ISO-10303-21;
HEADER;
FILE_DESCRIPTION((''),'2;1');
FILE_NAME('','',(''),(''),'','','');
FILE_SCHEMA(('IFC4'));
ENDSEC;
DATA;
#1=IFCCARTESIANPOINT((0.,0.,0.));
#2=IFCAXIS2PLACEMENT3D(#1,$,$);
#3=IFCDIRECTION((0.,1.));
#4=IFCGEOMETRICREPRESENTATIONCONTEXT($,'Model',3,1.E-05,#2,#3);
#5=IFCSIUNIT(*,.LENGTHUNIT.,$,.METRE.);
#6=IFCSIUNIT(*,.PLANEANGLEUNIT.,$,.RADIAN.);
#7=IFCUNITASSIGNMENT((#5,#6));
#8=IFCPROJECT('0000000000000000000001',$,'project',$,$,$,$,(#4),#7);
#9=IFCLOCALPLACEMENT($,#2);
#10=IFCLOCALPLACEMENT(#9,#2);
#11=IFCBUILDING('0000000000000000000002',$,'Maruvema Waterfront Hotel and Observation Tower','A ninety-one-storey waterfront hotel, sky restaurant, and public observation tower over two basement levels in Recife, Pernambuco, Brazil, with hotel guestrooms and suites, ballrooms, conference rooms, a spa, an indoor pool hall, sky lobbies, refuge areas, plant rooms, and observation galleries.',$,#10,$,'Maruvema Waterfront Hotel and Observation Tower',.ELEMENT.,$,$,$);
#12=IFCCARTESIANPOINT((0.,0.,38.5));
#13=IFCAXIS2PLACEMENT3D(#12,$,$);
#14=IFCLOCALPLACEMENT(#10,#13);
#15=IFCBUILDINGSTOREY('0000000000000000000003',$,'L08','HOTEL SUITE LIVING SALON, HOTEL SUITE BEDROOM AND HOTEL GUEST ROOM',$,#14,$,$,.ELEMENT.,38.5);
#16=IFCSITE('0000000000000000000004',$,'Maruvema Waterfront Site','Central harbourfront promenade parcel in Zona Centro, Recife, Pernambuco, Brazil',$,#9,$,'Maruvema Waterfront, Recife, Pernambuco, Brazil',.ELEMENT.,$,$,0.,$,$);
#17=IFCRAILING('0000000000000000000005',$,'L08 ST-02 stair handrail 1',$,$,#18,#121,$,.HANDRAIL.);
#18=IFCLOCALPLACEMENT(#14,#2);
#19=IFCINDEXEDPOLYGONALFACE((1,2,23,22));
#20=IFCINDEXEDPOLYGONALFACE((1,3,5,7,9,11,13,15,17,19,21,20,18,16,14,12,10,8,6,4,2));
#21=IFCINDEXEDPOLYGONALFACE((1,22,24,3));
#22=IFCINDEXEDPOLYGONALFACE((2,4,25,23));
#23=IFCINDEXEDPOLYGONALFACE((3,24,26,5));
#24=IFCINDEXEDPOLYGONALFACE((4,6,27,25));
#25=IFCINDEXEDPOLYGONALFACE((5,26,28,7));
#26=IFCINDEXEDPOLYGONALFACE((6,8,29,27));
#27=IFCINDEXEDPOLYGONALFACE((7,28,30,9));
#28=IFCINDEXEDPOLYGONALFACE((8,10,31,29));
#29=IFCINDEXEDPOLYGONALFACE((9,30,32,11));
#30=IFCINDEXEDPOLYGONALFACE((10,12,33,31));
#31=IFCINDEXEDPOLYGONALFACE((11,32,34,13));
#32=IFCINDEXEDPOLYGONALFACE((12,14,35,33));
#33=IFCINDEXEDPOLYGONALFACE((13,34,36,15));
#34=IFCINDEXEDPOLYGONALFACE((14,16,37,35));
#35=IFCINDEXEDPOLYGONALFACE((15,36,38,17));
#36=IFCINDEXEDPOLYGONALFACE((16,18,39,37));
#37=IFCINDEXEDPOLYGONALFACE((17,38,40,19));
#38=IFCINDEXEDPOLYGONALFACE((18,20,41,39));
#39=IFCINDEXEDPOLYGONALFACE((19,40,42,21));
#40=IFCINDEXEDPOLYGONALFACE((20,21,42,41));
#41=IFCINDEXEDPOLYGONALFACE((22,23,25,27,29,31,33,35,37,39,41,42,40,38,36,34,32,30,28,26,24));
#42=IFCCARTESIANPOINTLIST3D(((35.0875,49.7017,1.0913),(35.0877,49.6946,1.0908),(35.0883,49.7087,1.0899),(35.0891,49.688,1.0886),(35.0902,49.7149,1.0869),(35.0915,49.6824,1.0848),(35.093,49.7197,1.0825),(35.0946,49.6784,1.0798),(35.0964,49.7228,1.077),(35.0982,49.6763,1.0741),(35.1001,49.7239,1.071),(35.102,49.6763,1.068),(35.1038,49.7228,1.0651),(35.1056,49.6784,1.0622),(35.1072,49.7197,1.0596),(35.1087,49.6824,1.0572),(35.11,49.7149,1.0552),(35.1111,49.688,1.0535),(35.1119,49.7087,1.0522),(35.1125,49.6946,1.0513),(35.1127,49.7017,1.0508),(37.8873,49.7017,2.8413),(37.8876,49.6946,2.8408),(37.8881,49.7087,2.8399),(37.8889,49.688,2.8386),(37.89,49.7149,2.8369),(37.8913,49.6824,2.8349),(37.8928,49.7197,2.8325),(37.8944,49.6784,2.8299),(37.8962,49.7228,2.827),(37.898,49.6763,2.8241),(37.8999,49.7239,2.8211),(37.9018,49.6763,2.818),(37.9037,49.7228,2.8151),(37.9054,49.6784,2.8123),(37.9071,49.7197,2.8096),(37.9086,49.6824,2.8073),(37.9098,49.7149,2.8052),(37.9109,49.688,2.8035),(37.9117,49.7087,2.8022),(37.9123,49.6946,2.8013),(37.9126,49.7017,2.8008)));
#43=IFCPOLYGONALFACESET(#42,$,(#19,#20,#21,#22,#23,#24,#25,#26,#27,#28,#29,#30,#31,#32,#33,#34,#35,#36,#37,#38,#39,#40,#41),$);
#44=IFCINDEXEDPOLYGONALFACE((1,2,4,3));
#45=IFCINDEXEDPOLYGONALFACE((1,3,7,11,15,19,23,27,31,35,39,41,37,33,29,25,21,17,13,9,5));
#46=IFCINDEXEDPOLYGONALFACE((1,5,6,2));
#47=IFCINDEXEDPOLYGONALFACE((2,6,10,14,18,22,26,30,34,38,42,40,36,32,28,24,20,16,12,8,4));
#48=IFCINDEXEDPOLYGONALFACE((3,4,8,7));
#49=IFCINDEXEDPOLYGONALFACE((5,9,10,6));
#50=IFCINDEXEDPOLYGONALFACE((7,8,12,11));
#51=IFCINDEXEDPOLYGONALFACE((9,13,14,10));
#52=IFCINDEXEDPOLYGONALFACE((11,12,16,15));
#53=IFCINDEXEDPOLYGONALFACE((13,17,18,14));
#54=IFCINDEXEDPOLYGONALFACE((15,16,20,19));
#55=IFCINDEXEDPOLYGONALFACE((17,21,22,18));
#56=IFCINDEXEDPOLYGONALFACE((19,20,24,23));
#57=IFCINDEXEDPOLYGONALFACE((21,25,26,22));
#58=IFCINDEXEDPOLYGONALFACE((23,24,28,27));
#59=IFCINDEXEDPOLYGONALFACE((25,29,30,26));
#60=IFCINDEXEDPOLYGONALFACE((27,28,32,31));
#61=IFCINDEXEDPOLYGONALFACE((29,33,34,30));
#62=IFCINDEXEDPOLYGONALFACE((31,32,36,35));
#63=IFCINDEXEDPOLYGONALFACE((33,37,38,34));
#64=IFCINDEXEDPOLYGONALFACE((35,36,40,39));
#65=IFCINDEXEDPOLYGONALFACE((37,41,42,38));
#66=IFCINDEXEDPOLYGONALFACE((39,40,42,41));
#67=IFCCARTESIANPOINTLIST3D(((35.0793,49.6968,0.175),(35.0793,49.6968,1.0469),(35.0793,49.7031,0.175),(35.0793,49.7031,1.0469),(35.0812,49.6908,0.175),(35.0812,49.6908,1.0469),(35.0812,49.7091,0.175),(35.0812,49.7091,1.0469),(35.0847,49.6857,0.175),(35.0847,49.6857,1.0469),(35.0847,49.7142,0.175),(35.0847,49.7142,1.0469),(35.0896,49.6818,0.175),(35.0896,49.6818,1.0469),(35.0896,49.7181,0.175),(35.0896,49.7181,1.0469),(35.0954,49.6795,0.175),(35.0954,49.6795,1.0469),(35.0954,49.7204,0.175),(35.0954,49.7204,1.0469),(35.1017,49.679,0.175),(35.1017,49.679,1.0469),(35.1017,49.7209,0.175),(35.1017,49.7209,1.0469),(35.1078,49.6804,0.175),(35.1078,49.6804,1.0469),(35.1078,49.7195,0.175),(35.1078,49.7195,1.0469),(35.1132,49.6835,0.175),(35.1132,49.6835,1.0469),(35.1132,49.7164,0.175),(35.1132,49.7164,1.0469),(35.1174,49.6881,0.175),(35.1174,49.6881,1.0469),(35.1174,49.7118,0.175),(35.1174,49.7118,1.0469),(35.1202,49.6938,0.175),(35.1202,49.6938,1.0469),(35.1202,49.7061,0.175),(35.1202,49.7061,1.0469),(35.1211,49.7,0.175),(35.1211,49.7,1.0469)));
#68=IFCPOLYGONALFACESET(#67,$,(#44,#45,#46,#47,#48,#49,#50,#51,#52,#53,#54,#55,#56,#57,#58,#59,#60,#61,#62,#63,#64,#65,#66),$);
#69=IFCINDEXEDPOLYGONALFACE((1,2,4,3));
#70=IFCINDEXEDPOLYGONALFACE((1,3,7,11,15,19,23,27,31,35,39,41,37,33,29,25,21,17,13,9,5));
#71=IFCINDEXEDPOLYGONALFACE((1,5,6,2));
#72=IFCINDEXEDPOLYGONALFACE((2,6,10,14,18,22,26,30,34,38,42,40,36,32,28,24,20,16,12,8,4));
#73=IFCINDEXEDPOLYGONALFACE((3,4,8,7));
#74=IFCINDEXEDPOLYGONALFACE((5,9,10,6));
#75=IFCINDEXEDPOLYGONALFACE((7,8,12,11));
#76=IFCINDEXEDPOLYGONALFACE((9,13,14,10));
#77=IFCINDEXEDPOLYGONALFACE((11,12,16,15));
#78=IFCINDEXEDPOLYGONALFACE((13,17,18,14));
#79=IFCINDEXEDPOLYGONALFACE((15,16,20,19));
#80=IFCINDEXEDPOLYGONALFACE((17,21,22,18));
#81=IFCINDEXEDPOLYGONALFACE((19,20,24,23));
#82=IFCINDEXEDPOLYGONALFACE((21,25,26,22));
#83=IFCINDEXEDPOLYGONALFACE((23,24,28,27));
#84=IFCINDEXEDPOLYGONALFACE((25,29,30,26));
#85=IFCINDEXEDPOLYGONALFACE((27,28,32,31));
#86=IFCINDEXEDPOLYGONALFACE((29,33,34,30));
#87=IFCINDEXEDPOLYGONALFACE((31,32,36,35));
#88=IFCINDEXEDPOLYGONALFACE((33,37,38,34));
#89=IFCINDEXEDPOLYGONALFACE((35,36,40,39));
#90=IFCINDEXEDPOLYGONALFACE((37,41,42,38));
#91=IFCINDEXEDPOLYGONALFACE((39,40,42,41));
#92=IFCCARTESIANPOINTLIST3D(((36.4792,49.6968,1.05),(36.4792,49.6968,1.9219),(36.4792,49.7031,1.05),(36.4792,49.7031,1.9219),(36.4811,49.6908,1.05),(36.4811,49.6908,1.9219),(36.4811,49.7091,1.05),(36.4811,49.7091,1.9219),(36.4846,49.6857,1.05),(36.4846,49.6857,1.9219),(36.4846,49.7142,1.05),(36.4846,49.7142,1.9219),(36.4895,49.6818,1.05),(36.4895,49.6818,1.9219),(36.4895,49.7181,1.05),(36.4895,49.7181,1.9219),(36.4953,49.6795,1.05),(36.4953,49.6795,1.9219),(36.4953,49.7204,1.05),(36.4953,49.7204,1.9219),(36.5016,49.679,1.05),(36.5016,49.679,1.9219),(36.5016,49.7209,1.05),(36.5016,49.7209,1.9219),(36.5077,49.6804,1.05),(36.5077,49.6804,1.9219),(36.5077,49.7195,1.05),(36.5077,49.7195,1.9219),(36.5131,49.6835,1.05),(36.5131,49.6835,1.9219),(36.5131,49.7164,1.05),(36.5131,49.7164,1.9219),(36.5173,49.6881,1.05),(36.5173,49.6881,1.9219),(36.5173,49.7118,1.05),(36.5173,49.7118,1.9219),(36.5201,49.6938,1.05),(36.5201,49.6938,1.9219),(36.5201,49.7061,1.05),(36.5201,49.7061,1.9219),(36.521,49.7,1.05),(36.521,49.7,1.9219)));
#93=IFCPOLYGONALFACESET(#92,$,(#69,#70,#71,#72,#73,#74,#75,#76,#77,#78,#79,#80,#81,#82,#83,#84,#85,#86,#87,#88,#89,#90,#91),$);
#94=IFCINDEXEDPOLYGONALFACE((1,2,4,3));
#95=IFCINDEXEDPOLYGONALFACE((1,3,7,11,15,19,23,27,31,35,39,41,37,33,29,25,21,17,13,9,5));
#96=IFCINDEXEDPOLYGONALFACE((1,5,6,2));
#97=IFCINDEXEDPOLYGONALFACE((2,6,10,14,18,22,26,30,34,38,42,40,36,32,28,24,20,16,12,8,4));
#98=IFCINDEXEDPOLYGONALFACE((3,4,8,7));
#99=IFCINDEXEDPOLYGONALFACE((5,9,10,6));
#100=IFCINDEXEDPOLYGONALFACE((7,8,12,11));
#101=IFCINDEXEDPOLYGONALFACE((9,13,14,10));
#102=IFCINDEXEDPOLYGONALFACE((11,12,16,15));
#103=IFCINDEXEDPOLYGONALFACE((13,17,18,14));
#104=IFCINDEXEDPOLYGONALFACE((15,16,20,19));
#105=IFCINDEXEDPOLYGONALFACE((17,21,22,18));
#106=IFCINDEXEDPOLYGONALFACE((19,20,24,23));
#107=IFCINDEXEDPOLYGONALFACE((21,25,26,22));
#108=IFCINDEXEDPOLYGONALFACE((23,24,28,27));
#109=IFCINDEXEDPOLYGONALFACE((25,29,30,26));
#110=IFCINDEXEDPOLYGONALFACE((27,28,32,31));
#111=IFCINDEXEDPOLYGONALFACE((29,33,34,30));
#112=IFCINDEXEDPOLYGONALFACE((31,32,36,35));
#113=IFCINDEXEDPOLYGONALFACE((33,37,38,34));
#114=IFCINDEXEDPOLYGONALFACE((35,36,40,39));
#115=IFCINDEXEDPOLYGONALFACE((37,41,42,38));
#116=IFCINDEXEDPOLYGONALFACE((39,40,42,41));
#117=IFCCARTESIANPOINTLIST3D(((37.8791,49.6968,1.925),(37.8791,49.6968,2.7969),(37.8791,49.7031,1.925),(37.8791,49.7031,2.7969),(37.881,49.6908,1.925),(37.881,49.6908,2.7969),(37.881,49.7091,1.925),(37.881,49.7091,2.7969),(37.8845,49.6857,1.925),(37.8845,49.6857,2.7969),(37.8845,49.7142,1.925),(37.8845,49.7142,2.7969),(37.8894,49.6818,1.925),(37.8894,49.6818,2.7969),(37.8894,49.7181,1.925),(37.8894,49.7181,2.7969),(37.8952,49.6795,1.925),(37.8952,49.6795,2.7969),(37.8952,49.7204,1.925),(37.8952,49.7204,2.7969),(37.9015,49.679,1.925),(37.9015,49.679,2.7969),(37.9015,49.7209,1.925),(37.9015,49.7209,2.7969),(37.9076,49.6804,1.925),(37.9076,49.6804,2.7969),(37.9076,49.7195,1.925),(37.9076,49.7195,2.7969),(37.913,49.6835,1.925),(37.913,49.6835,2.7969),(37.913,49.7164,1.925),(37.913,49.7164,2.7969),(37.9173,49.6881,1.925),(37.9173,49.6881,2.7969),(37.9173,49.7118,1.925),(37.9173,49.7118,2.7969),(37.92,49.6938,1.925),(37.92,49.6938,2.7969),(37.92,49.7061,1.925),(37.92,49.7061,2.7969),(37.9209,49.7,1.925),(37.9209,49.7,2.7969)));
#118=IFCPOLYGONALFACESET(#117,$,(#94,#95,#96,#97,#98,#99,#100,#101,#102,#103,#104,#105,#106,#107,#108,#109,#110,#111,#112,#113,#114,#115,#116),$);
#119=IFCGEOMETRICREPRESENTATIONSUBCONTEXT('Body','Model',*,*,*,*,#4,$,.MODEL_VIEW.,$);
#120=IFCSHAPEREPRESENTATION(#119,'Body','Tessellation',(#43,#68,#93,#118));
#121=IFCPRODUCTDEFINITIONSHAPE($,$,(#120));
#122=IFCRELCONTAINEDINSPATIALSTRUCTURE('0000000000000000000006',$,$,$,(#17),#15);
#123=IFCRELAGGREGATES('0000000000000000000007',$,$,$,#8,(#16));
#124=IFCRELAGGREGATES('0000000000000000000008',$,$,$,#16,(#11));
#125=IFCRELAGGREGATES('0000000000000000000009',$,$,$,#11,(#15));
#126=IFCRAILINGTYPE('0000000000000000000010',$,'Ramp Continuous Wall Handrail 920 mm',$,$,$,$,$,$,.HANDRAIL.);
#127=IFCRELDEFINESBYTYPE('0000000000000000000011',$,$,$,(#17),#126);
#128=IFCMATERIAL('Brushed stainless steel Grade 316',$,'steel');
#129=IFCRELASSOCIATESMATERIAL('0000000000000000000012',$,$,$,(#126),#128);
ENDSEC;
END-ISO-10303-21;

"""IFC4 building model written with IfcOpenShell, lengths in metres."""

from ifc_helpers import new_model, si_unit, direction, frame, origin, origin_2d, place, context, subcontext, project, spatial, circle, extrude, material, type_object, element, save


model = new_model("IFC4")

# Units and contexts
model_context = context("Model", 3, precision=1e-05, world=origin(), true_north=direction((0.0, 1.0)))
body_context = subcontext(model_context, "Body", "Model", "MODEL_VIEW")
ifc_project = project(units=[si_unit("LENGTHUNIT", "METRE"), si_unit("PLANEANGLEUNIT", "RADIAN")], contexts=[model_context])

# Site, building, storey
site_placement = place(None, origin())
site = spatial("IfcSite", under=ifc_project, at=site_placement, Name="Maruvema Waterfront Site", Description="Central harbourfront promenade parcel in Zona Centro, Recife, Pernambuco, Brazil", LongName="Maruvema Waterfront, Recife, Pernambuco, Brazil", CompositionType="ELEMENT", RefElevation=0.0)
building_placement = place(site_placement, origin())
building = spatial("IfcBuilding", under=site, at=building_placement, Name="Maruvema Waterfront Hotel and Observation Tower", Description="A ninety-one-storey waterfront hotel, sky restaurant, and public observation tower over two basement levels in Recife, Pernambuco, Brazil, with hotel guestrooms and suites, ballrooms, conference rooms, a spa, an indoor pool hall, sky lobbies, refuge areas, plant rooms, and observation galleries.", LongName="Maruvema Waterfront Hotel and Observation Tower", CompositionType="ELEMENT")
storey_placement = place(building_placement, frame((0.0, 0.0, 38.5)))
storey = spatial("IfcBuildingStorey", under=building, at=storey_placement, Name="L08", Description="HOTEL SUITE LIVING SALON, HOTEL SUITE BEDROOM AND HOTEL GUEST ROOM", CompositionType="ELEMENT", Elevation=38.5)

# Railing
ifc_material_1 = material(Name="Brushed stainless steel Grade 316", Category="steel")
railing_type_1 = type_object("IfcRailingType", Name="Ramp Continuous Wall Handrail 920 mm", PredefinedType="HANDRAIL", material=ifc_material_1)
railing_1_placement = place(storey_placement, frame((35.1001, 49.7, 0.175)))
element("IfcRailing", 1, at=railing_1_placement, inside=storey, type_object=railing_type_1, Name="L08 ST-02 stair handrail 1", PredefinedType="HANDRAIL", context=body_context, shape_type="SweptSolid", body=[
    extrude(circle(Radius=0.0239, at=origin_2d()), frame((0.0, 0.0, 0.896), z_axis=(0.847982, 0.0, 0.530026), x_axis=(0.0, 1.0, 0.0)), (0.0, 0.0, 1.0), 3.3018),
    extrude(circle(Radius=0.021, at=origin_2d()), origin(), (0.0, 0.0, 1.0), 0.8718),
    extrude(circle(Radius=0.021, at=origin_2d()), frame((1.3999, 0.0, 0.875)), (0.0, 0.0, 1.0), 0.8718),
    extrude(circle(Radius=0.021, at=origin_2d()), frame((2.7998, 0.0, 1.75)), (0.0, 0.0, 1.0), 0.8718),
])

save(model, "model.ifc")
